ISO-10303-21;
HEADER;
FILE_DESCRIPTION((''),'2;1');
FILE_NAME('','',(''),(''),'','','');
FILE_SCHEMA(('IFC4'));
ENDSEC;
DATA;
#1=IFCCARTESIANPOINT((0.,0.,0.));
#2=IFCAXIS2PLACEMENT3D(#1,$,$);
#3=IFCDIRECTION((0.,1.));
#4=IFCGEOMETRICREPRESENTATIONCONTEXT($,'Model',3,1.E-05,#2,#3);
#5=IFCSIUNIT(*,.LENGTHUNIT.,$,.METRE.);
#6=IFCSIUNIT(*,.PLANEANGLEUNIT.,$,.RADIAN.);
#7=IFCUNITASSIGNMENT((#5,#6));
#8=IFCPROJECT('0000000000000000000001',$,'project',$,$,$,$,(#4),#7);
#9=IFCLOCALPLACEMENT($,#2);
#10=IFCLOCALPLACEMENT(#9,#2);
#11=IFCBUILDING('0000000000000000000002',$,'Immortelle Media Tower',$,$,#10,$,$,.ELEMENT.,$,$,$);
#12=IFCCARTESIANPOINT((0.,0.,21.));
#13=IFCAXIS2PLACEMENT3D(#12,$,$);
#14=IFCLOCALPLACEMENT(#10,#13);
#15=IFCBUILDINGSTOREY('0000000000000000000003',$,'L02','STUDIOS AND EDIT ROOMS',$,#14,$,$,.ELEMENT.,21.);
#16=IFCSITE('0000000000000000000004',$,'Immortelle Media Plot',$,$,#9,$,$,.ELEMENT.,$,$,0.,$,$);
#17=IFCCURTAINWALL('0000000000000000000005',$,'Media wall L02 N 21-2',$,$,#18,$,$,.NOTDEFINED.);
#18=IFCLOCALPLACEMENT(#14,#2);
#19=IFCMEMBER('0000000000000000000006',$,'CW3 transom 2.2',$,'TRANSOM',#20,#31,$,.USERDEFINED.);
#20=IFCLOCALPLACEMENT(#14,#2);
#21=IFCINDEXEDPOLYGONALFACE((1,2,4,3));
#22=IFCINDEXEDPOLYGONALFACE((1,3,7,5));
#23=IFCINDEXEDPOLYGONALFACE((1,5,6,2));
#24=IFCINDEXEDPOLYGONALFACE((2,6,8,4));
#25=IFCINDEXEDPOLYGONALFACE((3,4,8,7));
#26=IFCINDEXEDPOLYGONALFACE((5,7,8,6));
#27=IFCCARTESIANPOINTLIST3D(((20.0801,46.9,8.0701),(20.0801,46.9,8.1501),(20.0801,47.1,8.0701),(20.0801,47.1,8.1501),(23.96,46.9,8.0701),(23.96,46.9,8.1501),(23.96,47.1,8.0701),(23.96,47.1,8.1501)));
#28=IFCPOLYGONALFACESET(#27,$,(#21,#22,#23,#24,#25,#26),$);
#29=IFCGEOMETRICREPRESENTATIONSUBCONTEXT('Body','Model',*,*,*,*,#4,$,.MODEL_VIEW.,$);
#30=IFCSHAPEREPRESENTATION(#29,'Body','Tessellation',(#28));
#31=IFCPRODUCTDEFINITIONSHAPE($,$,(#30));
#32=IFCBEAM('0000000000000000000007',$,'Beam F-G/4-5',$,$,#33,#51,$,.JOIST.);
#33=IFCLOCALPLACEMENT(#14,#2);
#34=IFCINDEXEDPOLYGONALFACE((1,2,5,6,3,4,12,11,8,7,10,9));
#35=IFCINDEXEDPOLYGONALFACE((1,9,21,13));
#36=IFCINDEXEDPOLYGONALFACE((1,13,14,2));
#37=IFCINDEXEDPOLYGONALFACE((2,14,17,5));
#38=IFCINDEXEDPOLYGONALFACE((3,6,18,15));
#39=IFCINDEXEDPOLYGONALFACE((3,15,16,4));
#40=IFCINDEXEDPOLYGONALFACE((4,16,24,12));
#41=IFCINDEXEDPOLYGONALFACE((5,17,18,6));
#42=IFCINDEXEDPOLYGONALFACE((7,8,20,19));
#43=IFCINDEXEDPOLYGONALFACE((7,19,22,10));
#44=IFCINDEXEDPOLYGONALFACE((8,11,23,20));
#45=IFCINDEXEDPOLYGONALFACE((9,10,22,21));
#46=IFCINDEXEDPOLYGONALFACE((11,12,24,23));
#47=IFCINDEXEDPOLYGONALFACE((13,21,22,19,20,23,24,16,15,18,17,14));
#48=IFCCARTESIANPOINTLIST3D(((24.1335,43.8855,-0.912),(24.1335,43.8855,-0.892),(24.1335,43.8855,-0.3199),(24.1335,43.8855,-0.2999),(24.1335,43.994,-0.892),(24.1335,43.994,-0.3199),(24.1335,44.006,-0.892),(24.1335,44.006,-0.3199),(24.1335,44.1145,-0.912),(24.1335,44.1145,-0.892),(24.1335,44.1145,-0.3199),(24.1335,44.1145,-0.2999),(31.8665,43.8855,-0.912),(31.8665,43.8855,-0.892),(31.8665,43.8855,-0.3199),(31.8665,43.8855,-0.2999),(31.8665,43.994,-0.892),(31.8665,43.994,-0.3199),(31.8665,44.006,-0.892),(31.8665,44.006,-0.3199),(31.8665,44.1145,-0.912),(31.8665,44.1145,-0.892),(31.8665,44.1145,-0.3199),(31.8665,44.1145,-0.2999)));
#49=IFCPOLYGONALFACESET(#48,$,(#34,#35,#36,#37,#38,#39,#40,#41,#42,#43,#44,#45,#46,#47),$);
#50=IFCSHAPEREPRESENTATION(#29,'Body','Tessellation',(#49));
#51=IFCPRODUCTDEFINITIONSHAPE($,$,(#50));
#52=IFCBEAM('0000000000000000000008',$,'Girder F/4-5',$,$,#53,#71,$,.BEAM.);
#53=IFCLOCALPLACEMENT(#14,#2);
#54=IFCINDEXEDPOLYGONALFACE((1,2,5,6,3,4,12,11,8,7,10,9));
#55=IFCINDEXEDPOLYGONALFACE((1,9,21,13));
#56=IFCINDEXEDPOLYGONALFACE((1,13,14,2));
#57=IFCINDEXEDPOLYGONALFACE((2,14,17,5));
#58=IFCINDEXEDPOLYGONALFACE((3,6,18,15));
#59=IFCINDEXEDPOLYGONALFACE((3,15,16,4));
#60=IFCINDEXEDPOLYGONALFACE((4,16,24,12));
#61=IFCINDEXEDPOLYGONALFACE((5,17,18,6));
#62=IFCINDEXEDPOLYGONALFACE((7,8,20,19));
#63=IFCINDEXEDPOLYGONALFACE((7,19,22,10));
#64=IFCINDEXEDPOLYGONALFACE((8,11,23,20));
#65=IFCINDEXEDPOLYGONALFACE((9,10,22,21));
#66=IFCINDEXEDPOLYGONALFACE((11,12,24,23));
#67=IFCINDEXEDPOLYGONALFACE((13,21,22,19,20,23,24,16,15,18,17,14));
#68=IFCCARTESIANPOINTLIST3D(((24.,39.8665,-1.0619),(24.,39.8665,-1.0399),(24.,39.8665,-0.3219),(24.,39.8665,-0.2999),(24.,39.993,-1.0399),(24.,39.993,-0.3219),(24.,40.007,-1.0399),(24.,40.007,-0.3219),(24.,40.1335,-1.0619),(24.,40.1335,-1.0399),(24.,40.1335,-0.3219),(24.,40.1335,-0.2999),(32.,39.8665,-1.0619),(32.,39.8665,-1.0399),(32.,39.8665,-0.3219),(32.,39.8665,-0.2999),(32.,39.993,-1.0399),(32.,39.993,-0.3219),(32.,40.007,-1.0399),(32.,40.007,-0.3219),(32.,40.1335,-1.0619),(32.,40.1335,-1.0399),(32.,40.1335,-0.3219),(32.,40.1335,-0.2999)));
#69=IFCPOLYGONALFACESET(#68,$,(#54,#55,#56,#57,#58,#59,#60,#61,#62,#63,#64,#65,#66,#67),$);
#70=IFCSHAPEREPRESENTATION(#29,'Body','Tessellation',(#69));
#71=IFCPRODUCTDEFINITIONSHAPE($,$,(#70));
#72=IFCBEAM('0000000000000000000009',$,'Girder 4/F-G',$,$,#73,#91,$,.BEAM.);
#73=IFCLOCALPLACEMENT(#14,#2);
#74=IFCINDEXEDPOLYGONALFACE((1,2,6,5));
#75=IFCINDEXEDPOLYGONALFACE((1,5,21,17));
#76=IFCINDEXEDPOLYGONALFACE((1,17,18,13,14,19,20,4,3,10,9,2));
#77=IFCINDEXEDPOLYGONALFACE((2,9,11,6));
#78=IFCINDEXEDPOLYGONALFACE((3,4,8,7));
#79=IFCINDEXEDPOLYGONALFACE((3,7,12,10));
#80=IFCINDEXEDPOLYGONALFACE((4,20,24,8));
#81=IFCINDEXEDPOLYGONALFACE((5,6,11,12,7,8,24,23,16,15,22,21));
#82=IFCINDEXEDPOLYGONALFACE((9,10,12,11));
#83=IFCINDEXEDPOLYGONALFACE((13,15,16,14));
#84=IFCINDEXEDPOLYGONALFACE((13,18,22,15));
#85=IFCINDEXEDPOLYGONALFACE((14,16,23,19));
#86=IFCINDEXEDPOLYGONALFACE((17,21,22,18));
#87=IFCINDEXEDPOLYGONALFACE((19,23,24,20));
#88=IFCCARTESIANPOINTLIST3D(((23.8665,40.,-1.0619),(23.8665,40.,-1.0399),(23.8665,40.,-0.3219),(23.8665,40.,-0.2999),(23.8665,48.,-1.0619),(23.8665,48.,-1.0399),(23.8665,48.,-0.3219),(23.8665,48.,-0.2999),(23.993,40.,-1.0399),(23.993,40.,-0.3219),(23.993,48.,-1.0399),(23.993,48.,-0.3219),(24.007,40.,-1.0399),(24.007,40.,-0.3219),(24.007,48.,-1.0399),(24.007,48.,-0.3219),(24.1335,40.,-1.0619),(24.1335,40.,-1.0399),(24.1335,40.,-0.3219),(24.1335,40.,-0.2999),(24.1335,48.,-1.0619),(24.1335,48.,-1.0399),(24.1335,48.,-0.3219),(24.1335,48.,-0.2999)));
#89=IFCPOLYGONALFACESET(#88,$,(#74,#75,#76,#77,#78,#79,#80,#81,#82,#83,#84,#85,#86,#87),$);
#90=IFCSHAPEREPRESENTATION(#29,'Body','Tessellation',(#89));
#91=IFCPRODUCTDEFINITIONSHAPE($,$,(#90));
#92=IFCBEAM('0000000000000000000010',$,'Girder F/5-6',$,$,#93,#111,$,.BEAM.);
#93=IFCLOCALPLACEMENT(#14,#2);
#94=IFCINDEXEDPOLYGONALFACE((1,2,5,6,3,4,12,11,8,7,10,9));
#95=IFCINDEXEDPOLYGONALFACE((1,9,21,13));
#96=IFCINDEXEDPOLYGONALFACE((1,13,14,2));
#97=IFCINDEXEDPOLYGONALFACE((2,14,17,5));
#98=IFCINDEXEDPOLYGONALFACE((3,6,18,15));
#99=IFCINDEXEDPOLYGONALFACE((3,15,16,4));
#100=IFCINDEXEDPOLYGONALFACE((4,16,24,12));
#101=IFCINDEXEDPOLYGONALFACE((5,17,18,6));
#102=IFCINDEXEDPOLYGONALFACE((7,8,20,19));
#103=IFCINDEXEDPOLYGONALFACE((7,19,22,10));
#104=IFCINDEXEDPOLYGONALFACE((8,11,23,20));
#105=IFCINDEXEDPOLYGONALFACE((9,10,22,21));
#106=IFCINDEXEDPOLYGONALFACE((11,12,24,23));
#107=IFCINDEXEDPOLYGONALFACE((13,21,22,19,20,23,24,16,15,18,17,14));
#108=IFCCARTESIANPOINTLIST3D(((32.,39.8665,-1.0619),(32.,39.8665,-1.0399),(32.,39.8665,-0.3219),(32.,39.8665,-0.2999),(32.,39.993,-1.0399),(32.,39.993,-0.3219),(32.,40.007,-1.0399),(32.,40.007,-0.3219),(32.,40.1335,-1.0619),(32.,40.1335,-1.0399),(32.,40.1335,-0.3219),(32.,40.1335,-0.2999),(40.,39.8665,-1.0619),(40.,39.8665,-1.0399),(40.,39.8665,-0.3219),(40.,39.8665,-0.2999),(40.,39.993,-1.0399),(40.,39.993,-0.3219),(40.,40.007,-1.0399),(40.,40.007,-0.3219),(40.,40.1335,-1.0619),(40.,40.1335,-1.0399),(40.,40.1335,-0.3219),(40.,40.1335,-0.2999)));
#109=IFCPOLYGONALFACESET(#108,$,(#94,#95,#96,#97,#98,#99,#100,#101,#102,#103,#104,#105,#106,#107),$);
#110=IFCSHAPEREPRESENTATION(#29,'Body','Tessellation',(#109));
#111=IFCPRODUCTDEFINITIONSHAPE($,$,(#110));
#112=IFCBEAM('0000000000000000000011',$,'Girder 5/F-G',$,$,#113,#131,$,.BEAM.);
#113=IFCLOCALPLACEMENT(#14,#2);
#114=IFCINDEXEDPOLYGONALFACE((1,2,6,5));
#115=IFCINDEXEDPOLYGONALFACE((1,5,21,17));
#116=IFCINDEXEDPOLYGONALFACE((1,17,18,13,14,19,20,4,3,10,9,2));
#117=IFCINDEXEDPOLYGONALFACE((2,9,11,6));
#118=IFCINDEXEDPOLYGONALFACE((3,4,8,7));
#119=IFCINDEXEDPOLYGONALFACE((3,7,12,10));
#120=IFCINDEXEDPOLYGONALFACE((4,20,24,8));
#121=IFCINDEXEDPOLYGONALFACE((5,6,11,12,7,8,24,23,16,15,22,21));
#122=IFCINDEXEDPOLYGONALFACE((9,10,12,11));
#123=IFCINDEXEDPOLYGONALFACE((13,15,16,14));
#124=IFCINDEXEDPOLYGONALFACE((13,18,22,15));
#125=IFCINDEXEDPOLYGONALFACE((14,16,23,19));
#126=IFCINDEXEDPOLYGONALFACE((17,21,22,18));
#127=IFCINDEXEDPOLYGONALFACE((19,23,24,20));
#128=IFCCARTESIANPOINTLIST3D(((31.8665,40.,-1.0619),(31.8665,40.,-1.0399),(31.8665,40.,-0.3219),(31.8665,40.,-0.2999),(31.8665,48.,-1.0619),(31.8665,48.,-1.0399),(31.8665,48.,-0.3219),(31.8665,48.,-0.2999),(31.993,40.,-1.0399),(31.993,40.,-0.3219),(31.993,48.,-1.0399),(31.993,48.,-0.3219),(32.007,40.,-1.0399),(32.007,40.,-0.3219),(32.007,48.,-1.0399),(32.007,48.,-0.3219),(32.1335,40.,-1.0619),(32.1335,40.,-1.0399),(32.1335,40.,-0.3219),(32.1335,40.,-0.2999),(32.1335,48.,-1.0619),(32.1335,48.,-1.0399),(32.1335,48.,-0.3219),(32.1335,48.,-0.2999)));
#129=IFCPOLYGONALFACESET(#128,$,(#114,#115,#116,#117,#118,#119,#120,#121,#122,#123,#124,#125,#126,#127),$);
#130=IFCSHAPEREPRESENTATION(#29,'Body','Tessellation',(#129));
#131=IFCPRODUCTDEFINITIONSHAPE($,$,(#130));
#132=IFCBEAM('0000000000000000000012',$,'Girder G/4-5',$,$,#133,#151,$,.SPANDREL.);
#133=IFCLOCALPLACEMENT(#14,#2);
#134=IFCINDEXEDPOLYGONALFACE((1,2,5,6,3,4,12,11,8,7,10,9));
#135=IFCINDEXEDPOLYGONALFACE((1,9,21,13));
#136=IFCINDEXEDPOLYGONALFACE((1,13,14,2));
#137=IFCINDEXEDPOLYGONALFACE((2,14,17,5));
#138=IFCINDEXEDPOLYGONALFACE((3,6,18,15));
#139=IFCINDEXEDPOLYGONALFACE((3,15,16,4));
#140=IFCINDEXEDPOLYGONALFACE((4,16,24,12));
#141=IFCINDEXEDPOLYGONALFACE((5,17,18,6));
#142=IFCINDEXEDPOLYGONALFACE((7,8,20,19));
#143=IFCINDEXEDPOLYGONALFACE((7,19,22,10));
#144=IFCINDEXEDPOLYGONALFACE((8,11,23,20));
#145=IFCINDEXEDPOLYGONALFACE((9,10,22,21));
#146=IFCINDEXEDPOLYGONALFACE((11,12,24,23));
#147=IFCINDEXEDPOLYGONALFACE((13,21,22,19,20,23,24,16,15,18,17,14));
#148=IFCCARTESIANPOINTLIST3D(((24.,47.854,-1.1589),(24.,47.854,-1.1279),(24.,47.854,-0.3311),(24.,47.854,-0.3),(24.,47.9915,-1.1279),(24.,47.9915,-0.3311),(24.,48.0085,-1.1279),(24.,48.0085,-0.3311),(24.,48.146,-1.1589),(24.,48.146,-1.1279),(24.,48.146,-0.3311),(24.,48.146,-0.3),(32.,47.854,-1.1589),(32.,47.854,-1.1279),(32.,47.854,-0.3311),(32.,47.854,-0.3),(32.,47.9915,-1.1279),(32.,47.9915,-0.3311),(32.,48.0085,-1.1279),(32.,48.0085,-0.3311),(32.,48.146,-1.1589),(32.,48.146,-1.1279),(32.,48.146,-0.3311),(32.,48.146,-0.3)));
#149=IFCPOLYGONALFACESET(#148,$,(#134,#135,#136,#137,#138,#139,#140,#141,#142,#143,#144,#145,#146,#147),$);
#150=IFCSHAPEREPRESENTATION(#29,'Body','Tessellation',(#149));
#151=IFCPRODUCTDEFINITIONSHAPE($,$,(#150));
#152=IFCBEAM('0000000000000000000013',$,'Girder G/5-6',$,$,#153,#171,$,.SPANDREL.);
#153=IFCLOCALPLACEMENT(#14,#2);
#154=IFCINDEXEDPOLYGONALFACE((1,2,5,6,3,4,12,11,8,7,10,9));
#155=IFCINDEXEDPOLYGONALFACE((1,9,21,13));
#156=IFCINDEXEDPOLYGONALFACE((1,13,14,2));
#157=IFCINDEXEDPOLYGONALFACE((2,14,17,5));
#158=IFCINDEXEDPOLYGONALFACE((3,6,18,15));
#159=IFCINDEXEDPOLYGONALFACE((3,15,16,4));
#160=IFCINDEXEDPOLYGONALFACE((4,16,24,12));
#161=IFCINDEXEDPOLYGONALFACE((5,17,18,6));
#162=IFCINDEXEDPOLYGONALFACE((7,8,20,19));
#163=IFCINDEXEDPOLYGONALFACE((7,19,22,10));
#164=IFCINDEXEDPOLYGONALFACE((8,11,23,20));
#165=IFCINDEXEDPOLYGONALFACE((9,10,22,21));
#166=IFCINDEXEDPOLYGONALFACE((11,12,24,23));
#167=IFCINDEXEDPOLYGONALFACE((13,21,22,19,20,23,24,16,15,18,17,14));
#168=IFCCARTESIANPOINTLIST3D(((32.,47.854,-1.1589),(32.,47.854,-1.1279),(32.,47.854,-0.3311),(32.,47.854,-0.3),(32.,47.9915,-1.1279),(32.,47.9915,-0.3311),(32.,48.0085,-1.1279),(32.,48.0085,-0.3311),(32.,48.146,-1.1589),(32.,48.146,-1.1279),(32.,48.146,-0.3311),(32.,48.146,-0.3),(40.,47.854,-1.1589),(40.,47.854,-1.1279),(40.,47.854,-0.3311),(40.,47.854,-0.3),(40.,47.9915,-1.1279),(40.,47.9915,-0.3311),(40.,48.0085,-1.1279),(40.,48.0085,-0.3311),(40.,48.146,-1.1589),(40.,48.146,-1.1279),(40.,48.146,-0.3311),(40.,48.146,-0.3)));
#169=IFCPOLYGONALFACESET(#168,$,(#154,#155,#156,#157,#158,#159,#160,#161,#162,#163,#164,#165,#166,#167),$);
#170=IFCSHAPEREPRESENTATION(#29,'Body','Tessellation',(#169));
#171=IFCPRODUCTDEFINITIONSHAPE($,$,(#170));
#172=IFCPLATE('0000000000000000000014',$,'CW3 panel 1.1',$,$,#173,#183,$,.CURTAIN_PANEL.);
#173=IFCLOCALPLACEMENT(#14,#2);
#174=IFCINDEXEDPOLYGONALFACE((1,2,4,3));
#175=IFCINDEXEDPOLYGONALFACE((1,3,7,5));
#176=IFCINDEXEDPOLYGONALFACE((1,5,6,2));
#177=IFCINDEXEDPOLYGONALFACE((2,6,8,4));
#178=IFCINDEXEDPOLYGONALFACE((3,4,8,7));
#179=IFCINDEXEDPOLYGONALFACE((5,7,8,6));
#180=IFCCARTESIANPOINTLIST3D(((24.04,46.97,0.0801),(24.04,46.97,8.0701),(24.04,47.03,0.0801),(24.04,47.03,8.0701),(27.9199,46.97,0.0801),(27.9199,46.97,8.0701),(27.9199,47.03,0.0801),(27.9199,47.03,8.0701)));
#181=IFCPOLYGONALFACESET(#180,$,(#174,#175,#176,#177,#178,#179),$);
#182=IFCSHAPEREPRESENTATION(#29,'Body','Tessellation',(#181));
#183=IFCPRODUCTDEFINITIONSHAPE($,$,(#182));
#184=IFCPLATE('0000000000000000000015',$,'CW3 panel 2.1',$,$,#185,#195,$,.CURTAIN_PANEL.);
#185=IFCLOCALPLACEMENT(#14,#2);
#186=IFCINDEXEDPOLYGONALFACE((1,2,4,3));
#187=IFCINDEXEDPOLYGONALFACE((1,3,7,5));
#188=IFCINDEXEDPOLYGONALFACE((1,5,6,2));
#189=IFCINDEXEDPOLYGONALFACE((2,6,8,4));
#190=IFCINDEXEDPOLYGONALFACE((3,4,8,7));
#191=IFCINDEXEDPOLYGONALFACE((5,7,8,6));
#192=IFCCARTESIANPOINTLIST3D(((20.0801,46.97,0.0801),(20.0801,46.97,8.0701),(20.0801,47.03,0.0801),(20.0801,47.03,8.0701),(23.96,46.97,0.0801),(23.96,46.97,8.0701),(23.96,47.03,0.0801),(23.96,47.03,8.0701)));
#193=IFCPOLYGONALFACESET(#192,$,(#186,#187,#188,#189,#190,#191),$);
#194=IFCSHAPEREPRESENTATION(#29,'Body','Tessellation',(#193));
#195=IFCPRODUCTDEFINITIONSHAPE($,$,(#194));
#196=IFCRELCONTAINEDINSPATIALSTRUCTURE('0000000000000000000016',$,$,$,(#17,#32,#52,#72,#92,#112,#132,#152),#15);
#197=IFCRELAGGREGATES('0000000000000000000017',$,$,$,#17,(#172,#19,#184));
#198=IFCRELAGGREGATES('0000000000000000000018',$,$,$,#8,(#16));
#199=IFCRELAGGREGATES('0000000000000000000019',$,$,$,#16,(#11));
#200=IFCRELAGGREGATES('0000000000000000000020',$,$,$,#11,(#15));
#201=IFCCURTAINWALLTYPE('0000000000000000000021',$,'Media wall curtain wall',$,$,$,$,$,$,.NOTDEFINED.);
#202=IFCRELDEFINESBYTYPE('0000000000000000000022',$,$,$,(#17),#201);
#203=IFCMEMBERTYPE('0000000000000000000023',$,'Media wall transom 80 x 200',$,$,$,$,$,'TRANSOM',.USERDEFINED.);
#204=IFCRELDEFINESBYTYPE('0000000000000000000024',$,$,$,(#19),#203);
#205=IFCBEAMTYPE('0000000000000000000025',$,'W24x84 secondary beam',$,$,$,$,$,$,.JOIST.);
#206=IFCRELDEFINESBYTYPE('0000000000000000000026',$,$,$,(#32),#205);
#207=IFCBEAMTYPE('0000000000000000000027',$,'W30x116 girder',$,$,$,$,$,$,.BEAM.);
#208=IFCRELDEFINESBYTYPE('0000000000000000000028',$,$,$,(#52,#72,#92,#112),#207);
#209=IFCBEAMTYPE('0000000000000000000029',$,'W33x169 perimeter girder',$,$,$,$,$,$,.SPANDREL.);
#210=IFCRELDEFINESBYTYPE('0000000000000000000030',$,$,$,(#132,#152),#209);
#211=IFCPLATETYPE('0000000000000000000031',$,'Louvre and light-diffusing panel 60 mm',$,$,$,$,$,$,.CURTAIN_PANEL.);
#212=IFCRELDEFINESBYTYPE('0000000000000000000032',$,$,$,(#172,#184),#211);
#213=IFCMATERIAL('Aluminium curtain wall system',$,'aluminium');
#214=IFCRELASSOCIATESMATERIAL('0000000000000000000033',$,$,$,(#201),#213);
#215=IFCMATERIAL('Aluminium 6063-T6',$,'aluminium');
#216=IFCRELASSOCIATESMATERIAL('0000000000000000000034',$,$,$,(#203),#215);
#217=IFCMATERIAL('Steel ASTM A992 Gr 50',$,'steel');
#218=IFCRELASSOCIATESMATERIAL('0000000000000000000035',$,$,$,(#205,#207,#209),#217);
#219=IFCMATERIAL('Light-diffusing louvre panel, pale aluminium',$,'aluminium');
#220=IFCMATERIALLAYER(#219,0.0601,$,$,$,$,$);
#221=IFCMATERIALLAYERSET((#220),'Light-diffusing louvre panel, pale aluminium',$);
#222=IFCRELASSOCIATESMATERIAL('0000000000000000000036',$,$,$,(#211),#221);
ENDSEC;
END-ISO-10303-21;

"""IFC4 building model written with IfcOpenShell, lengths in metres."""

from ifc_helpers import new_model, si_unit, direction, frame, origin, origin_2d, place, context, subcontext, project, spatial, rectangle, i_section, extrude, material, layer, layer_set, material_profile, profile_set, type_object, element, aggregate, save


model = new_model("IFC4")

# Units and contexts
model_context = context("Model", 3, precision=1e-05, world=origin(), true_north=direction((0.0, 1.0)))
body_context = subcontext(model_context, "Body", "Model", "MODEL_VIEW")
ifc_project = project(units=[si_unit("LENGTHUNIT", "METRE"), si_unit("PLANEANGLEUNIT", "RADIAN")], contexts=[model_context])

# Site, building, storey
site_placement = place(None, origin())
site = spatial("IfcSite", under=ifc_project, at=site_placement, Name="Immortelle Media Plot", CompositionType="ELEMENT", RefElevation=0.0)
building_placement = place(site_placement, origin())
building = spatial("IfcBuilding", under=site, at=building_placement, Name="Immortelle Media Tower", CompositionType="ELEMENT")
storey_placement = place(building_placement, frame((0.0, 0.0, 21.0)))
storey = spatial("IfcBuildingStorey", under=building, at=storey_placement, Name="L02", Description="STUDIOS AND EDIT ROOMS", CompositionType="ELEMENT", Elevation=21.0)

# Shared definitions
ifc_material_1 = material(Name="Steel ASTM A992 Gr 50", Category="steel")

# Curtain wall, member
ifc_material_2 = material(Name="Aluminium curtain wall system", Category="aluminium")
curtain_wall_type = type_object("IfcCurtainWallType", Name="Media wall curtain wall", PredefinedType="NOTDEFINED", material=ifc_material_2)
curtain_wall_placement = place(storey_placement, origin())
curtain_wall = element("IfcCurtainWall", 1, at=curtain_wall_placement, inside=storey, type_object=curtain_wall_type, Name="Media wall L02 N 21-2", PredefinedType="NOTDEFINED")
ifc_material_3 = material(Name="Aluminium 6063-T6", Category="aluminium")
ifc_material_profile_1 = material_profile(ifc_material_3, rectangle(XDim=0.2, YDim=0.0801, at=origin_2d()), Name="AL 80x200")
ifc_profile_set_1 = profile_set([ifc_material_profile_1], Name="Aluminium 6063-T6")
member_type_1 = type_object("IfcMemberType", Name="Media wall transom 80 x 200", ElementType="TRANSOM", PredefinedType="USERDEFINED", material=ifc_profile_set_1)
member_1_placement = place(storey_placement, frame((23.96, 47.0, 8.1101), z_axis=(-1.0, 0.0, 0.0), x_axis=(0.0, -1.0, 0.0)))
member_1 = element("IfcMember", 2, at=member_1_placement, type_object=member_type_1, Name="CW3 transom 2.2", ObjectType="TRANSOM", PredefinedType="USERDEFINED", context=body_context, shape_type="SweptSolid", body=[
    extrude(rectangle(XDim=0.2, YDim=0.0801, at=origin_2d()), origin(), (0.0, 0.0, 1.0), 3.8799),
])

# Beams
ifc_material_profile_2 = material_profile(ifc_material_1, i_section(OverallWidth=0.229, OverallDepth=0.6121, WebThickness=0.012, FlangeThickness=0.02, at=origin_2d()), Name="W24x84")
ifc_profile_set_2 = profile_set([ifc_material_profile_2], Name="Steel ASTM A992 Gr 50")
beam_type_1 = type_object("IfcBeamType", Name="W24x84 secondary beam", PredefinedType="JOIST", material=ifc_profile_set_2)
beam_placement = place(storey_placement, frame((24.1335, 44.0, -0.606), z_axis=(1.0, 0.0, 0.0), x_axis=(0.0, 1.0, 0.0)))
element("IfcBeam", 3, at=beam_placement, inside=storey, type_object=beam_type_1, Name="Beam F-G/4-5", PredefinedType="JOIST", context=body_context, shape_type="SweptSolid", body=[
    extrude(i_section(OverallWidth=0.229, OverallDepth=0.6121, WebThickness=0.012, FlangeThickness=0.02, at=origin_2d()), origin(), (0.0, 0.0, 1.0), 7.7329),
])
ifc_material_profile_3 = material_profile(ifc_material_1, i_section(OverallWidth=0.2671, OverallDepth=0.762, WebThickness=0.0139, FlangeThickness=0.022, at=origin_2d()), Name="W30x116")
ifc_profile_set_3 = profile_set([ifc_material_profile_3], Name="Steel ASTM A992 Gr 50")
beam_type_2 = type_object("IfcBeamType", Name="W30x116 girder", PredefinedType="BEAM", material=ifc_profile_set_3)
for number, where, z_axis, x_axis, name in (
    (4, (24.0, 40.0, -0.6809), (1.0, 0.0, 0.0), (0.0, 1.0, 0.0), "Girder F/4-5"),
    (5, (24.0, 40.0, -0.6809), (0.0, 1.0, 0.0), (-1.0, 0.0, 0.0), "Girder 4/F-G"),
    (6, (32.0, 40.0, -0.6809), (1.0, 0.0, 0.0), (0.0, 1.0, 0.0), "Girder F/5-6"),
    (7, (32.0, 40.0, -0.6809), (0.0, 1.0, 0.0), (-1.0, 0.0, 0.0), "Girder 5/F-G"),
):
    element("IfcBeam", number, at=place(storey_placement, frame(where, z_axis=z_axis, x_axis=x_axis)), inside=storey, type_object=beam_type_2, Name=name, PredefinedType="BEAM", context=body_context, shape_type="SweptSolid", body=[
        extrude(i_section(OverallWidth=0.2671, OverallDepth=0.762, WebThickness=0.0139, FlangeThickness=0.022, at=origin_2d()), origin(), (0.0, 0.0, 1.0), 8.0),
    ])
ifc_material_profile_4 = material_profile(ifc_material_1, i_section(OverallWidth=0.292, OverallDepth=0.8589, WebThickness=0.0171, FlangeThickness=0.031, at=origin_2d()), Name="W33x169")
ifc_profile_set_4 = profile_set([ifc_material_profile_4], Name="Steel ASTM A992 Gr 50")
beam_type_3 = type_object("IfcBeamType", Name="W33x169 perimeter girder", PredefinedType="SPANDREL", material=ifc_profile_set_4)
for number, where, z_axis, x_axis, name in (
    (8, (24.0, 48.0, -0.7295), (1.0, 0.0, 0.0), (0.0, 1.0, 0.0), "Girder G/4-5"),
    (9, (32.0, 48.0, -0.7295), (1.0, 0.0, 0.0), (0.0, 1.0, 0.0), "Girder G/5-6"),
):
    element("IfcBeam", number, at=place(storey_placement, frame(where, z_axis=z_axis, x_axis=x_axis)), inside=storey, type_object=beam_type_3, Name=name, PredefinedType="SPANDREL", context=body_context, shape_type="SweptSolid", body=[
        extrude(i_section(OverallWidth=0.292, OverallDepth=0.8589, WebThickness=0.0171, FlangeThickness=0.031, at=origin_2d()), origin(), (0.0, 0.0, 1.0), 8.0),
    ])

# Plates
ifc_material_4 = material(Name="Light-diffusing louvre panel, pale aluminium", Category="aluminium")
ifc_layer_1 = layer(ifc_material_4, 0.0601)
ifc_layer_set_1 = layer_set([ifc_layer_1], Name="Light-diffusing louvre panel, pale aluminium")
plate_type = type_object("IfcPlateType", Name="Louvre and light-diffusing panel 60 mm", PredefinedType="CURTAIN_PANEL", material=ifc_layer_set_1)
plate_1_placement = place(storey_placement, frame((25.98, 47.0, 0.0801), z_axis=(0.0, 0.0, 1.0), x_axis=(-1.0, 0.0, 0.0)))
plate_1 = element("IfcPlate", 10, at=plate_1_placement, type_object=plate_type, Name="CW3 panel 1.1", PredefinedType="CURTAIN_PANEL", context=body_context, shape_type="SweptSolid", body=[
    extrude(rectangle(XDim=3.8799, YDim=0.0601, at=origin_2d()), origin(), (0.0, 0.0, 1.0), 7.99),
])
plate_2_placement = place(storey_placement, frame((22.02, 47.0, 0.0801), z_axis=(0.0, 0.0, 1.0), x_axis=(-1.0, 0.0, 0.0)))
plate_2 = element("IfcPlate", 11, at=plate_2_placement, type_object=plate_type, Name="CW3 panel 2.1", PredefinedType="CURTAIN_PANEL", context=body_context, shape_type="SweptSolid", body=[
    extrude(rectangle(XDim=3.8799, YDim=0.0601, at=origin_2d()), origin(), (0.0, 0.0, 1.0), 7.99),
])
aggregate(curtain_wall, [plate_1, member_1, plate_2])

save(model, "model.ifc")
